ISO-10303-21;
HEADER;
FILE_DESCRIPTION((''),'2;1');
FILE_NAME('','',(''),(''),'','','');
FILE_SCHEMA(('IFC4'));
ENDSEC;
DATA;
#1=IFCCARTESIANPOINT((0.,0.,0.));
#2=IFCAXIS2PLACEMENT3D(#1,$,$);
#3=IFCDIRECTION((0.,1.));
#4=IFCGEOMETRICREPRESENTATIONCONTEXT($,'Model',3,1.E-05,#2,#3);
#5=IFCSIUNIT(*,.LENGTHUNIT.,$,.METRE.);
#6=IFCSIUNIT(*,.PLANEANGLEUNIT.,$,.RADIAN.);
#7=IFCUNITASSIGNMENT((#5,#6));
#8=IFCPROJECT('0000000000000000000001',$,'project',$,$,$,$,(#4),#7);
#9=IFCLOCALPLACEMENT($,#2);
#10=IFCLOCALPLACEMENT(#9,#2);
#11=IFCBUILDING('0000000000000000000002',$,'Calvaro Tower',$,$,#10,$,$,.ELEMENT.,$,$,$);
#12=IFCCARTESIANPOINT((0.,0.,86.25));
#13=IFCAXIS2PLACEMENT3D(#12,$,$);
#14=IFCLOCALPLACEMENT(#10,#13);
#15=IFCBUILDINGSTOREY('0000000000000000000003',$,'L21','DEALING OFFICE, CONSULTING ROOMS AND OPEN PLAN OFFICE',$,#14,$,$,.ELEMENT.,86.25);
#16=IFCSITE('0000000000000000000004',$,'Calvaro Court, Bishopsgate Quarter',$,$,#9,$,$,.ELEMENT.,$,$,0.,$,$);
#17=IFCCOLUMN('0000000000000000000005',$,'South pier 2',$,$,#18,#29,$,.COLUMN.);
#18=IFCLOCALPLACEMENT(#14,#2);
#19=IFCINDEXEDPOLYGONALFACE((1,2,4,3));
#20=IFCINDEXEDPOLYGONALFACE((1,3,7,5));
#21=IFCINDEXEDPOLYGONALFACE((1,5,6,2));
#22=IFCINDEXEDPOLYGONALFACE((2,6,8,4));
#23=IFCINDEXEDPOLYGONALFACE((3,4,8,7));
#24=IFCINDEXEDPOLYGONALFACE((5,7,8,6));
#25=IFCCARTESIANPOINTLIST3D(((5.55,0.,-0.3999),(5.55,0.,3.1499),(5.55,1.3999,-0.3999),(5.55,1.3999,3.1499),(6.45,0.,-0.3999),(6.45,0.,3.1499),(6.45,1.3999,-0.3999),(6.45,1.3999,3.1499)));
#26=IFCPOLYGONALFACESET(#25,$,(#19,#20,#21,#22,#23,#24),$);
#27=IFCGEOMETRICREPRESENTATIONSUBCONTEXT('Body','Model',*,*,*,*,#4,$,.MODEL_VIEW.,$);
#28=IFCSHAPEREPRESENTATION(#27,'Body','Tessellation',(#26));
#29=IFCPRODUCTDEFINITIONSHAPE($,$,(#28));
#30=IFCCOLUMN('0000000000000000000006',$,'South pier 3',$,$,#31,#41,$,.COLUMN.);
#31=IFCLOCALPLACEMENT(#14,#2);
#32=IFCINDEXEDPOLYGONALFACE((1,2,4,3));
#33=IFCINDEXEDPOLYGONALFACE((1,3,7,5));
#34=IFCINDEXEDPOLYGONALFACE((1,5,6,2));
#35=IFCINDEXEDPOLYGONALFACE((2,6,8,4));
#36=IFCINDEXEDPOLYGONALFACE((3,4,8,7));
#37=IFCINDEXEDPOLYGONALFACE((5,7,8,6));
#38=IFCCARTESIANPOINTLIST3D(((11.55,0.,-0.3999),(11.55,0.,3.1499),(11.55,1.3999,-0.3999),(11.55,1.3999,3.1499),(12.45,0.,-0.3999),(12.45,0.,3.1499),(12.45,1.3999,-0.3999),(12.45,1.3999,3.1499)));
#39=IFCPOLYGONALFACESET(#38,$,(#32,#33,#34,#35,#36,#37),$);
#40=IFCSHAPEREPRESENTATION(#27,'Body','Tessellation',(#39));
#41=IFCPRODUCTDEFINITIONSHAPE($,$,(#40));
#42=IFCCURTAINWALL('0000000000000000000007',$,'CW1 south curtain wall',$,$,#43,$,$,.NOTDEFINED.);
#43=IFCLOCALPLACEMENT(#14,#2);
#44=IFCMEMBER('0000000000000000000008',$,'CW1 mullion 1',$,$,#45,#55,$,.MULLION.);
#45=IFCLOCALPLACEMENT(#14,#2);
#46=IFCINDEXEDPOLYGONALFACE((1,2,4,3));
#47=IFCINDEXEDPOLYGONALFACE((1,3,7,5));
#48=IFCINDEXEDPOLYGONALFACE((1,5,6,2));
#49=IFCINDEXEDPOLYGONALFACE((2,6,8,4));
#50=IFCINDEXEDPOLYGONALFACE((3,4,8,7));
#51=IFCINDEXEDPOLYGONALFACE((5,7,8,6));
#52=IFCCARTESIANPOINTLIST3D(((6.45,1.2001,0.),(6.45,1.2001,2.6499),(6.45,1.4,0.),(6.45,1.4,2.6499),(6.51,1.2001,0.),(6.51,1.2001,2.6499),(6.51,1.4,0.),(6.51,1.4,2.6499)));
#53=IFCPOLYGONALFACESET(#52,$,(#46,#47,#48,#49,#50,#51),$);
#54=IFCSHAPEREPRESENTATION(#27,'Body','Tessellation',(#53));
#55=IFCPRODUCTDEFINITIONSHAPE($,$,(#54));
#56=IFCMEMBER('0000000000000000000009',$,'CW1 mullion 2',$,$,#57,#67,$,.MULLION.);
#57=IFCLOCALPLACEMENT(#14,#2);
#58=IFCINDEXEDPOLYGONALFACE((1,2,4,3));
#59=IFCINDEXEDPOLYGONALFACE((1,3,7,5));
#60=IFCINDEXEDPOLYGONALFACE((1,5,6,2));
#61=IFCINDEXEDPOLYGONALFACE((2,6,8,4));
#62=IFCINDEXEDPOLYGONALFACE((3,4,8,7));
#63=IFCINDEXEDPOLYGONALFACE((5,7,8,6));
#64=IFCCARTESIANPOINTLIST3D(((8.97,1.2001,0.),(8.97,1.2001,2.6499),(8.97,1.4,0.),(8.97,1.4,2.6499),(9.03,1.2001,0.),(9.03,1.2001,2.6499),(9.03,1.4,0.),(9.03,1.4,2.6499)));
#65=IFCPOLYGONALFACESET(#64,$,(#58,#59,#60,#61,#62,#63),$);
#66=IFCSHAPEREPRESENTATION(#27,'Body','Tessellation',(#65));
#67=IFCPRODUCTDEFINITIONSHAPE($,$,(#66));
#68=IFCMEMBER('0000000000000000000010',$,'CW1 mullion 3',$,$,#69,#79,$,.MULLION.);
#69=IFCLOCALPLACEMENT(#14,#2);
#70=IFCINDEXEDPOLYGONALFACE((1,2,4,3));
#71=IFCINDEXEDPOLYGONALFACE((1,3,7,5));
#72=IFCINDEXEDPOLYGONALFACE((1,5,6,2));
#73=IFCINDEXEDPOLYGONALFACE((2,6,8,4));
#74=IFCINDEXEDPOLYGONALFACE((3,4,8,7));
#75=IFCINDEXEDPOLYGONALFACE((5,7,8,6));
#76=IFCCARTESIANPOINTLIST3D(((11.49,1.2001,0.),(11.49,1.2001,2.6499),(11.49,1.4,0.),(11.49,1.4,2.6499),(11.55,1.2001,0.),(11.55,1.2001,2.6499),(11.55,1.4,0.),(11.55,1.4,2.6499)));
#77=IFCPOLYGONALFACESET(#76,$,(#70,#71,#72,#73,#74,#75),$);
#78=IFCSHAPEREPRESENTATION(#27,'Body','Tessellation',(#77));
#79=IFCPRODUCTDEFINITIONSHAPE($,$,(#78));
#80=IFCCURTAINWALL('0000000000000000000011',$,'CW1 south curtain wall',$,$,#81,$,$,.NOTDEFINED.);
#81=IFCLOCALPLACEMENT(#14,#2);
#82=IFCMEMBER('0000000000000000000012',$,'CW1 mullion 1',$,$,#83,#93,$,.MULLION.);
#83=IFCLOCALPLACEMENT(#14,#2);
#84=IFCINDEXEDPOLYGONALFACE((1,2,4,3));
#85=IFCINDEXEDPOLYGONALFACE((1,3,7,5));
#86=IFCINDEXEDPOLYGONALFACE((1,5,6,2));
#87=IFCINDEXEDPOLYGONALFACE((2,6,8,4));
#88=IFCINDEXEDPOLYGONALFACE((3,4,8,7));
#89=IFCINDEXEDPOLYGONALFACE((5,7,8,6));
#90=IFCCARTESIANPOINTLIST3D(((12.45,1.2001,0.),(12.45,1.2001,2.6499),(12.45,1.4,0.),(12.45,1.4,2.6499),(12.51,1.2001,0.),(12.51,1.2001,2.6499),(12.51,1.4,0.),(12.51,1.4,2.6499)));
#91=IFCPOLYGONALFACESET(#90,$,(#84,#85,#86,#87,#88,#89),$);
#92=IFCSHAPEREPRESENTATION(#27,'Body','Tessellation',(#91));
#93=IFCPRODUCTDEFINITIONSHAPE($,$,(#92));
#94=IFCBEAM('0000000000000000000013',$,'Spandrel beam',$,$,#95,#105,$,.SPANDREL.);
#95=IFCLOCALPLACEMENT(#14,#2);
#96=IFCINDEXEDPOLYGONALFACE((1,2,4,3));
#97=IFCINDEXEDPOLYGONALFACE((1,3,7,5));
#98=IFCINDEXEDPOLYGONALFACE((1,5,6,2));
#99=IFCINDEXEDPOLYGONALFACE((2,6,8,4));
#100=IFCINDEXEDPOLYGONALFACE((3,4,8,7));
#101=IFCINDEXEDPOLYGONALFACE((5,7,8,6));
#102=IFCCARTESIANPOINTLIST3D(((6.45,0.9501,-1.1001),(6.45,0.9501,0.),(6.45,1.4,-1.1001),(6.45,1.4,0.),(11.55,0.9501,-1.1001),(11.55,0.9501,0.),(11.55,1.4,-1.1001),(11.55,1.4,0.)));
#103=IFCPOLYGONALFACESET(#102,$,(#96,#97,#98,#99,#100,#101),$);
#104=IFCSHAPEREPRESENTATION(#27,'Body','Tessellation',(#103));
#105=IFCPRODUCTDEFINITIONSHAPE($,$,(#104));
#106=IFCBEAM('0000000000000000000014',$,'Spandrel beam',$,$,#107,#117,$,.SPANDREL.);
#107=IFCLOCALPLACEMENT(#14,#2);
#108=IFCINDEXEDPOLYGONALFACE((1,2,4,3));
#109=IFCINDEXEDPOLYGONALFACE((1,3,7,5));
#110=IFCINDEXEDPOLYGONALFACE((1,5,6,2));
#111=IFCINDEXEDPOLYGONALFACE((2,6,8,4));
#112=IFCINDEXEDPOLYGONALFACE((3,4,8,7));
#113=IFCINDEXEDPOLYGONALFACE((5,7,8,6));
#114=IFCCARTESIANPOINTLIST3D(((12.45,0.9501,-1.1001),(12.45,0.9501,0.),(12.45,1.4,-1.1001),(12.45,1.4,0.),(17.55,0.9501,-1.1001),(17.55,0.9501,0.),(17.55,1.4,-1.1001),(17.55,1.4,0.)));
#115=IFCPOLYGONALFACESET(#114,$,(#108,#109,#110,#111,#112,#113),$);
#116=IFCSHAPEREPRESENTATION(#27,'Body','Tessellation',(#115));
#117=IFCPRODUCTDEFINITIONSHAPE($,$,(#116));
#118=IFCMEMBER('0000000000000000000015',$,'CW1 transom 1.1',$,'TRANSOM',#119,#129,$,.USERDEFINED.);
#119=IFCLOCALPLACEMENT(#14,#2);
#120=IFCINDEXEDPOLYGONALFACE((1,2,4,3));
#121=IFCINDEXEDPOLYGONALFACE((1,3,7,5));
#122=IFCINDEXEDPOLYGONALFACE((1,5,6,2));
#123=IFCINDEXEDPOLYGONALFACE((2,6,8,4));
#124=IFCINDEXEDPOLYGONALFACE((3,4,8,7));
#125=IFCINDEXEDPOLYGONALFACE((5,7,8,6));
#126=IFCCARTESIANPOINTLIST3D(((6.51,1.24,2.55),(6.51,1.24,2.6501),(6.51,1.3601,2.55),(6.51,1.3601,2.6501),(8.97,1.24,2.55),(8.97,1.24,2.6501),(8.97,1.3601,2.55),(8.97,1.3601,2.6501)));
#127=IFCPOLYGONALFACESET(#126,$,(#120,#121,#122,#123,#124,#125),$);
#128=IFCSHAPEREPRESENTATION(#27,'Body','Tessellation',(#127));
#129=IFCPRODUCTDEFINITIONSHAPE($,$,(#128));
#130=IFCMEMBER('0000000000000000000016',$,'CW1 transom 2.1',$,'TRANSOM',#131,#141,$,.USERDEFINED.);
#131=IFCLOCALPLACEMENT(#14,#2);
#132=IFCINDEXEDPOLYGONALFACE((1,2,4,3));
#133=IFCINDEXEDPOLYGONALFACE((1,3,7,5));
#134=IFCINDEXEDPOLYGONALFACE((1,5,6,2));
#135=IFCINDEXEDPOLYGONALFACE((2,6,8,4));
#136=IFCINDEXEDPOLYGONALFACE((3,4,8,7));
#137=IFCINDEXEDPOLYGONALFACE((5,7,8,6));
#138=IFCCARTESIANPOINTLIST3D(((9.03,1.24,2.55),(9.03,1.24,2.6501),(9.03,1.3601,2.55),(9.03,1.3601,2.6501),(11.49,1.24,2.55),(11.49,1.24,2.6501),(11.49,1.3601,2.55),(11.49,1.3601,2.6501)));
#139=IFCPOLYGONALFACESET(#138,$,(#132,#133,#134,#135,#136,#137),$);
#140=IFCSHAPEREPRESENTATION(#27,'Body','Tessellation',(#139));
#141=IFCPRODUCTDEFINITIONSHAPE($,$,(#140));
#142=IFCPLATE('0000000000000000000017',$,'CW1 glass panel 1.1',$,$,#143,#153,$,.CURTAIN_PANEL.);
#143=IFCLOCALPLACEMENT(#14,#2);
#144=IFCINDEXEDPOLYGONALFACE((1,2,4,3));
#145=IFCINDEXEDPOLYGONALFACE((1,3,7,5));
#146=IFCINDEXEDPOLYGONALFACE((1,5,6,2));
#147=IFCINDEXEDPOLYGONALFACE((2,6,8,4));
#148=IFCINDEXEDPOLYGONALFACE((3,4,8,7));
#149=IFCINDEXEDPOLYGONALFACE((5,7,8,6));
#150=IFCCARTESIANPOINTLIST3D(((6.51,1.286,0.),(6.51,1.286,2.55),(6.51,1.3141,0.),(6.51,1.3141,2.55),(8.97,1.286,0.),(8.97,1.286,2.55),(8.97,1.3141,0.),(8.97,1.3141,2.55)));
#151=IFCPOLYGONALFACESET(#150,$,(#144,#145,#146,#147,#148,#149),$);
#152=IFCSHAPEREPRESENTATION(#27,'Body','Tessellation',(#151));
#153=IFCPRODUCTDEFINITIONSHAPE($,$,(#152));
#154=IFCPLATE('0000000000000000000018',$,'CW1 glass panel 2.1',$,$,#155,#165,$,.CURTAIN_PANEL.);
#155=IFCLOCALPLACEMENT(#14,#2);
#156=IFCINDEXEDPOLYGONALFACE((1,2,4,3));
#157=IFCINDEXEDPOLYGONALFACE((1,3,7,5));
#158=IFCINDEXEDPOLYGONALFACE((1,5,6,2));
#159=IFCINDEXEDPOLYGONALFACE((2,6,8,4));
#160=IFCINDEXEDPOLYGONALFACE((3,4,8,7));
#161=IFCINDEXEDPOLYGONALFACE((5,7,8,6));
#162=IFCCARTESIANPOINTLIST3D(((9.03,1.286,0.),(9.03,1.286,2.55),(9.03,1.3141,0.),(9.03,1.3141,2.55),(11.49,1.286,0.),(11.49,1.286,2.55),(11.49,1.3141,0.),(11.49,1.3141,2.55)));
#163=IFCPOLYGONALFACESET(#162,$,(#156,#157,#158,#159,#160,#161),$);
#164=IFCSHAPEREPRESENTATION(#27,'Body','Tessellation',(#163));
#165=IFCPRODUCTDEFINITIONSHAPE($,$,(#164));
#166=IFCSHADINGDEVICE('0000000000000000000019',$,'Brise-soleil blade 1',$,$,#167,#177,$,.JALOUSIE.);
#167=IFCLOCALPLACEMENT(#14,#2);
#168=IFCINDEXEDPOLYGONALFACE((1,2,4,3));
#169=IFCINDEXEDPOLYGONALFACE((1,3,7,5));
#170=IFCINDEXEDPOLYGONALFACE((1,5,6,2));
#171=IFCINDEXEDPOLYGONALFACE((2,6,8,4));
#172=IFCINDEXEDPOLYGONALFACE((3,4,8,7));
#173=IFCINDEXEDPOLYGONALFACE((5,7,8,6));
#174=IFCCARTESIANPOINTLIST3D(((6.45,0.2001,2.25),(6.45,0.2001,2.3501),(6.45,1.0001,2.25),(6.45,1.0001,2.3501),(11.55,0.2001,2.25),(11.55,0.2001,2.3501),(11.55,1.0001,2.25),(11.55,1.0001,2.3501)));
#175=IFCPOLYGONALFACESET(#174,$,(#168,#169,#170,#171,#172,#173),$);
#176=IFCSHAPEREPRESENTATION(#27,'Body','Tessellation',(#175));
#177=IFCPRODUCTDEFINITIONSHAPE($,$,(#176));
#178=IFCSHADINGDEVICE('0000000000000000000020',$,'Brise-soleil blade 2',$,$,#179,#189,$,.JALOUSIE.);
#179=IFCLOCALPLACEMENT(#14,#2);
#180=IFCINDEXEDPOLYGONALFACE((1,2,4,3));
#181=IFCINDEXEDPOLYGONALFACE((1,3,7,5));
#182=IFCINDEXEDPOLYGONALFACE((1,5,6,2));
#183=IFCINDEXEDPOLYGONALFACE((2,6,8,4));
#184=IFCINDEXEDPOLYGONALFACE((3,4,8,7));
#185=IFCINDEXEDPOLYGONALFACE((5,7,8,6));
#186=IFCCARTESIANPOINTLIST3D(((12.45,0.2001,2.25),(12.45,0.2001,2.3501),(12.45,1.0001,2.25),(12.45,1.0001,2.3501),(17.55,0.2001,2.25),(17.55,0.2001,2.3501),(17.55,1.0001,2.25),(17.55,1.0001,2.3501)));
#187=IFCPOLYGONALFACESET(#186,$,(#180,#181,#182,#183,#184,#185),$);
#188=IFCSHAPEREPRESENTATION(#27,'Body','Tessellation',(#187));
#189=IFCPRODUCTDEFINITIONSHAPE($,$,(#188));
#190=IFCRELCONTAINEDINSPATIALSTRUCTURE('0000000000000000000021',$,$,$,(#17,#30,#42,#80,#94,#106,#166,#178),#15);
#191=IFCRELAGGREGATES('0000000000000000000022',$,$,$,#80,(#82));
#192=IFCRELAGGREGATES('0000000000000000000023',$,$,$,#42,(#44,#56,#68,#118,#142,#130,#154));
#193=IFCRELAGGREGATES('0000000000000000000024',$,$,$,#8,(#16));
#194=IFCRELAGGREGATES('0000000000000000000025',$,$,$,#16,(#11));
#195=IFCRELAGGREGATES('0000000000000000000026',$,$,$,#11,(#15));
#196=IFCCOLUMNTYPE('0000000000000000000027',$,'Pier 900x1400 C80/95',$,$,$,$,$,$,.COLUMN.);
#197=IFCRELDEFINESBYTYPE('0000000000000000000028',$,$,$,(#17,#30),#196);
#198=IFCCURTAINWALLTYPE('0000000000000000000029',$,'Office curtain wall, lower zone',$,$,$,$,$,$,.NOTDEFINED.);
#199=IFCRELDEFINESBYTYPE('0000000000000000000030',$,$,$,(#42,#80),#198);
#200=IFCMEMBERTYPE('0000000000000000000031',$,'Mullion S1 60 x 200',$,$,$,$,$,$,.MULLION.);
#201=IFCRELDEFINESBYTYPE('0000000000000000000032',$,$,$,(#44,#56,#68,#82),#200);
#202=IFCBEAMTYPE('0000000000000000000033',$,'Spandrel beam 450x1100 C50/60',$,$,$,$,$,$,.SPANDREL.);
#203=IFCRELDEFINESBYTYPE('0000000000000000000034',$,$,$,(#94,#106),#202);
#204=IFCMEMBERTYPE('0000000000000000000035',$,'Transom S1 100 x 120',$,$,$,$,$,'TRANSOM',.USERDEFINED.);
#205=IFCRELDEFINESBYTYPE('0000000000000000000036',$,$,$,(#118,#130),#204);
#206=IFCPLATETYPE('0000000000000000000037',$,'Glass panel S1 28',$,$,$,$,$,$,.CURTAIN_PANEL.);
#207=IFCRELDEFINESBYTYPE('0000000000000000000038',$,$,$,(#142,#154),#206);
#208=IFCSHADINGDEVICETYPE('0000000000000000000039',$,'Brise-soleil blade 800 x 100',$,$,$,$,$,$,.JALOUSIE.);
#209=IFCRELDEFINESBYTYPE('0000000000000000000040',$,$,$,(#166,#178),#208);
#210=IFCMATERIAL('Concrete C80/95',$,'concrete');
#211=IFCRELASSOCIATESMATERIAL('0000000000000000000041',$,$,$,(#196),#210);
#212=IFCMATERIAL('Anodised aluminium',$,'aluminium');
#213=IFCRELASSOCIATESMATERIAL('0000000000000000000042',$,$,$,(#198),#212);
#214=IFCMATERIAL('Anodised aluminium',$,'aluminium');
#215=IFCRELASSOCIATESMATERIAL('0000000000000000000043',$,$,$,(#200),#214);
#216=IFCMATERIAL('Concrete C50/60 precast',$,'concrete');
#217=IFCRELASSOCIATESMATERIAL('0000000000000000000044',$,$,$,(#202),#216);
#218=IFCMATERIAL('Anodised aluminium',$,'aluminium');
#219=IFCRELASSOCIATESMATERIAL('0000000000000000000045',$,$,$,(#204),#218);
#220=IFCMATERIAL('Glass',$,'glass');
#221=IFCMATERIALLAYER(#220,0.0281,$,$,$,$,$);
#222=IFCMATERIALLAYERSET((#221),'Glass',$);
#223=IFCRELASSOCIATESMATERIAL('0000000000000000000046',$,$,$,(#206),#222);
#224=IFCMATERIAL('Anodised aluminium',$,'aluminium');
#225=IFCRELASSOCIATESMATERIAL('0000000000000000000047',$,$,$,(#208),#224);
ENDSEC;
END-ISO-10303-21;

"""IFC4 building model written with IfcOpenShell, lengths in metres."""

from ifc_helpers import new_model, si_unit, direction, frame, origin, origin_2d, place, context, subcontext, project, spatial, rectangle, extrude, material, layer, layer_set, material_profile, profile_set, type_object, element, aggregate, save


model = new_model("IFC4")

# Units and contexts
model_context = context("Model", 3, precision=1e-05, world=origin(), true_north=direction((0.0, 1.0)))
body_context = subcontext(model_context, "Body", "Model", "MODEL_VIEW")
ifc_project = project(units=[si_unit("LENGTHUNIT", "METRE"), si_unit("PLANEANGLEUNIT", "RADIAN")], contexts=[model_context])

# Site, building, storey
site_placement = place(None, origin())
site = spatial("IfcSite", under=ifc_project, at=site_placement, Name="Calvaro Court, Bishopsgate Quarter", CompositionType="ELEMENT", RefElevation=0.0)
building_placement = place(site_placement, origin())
building = spatial("IfcBuilding", under=site, at=building_placement, Name="Calvaro Tower", CompositionType="ELEMENT")
storey_placement = place(building_placement, frame((0.0, 0.0, 86.25)))
storey = spatial("IfcBuildingStorey", under=building, at=storey_placement, Name="L21", Description="DEALING OFFICE, CONSULTING ROOMS AND OPEN PLAN OFFICE", CompositionType="ELEMENT", Elevation=86.25)

# Columns
ifc_material_1 = material(Name="Concrete C80/95", Category="concrete")
ifc_material_profile_1 = material_profile(ifc_material_1, rectangle(XDim=0.8999, YDim=1.3999, at=origin_2d()), Name="RC 900x1400")
ifc_profile_set_1 = profile_set([ifc_material_profile_1], Name="Concrete C80/95")
column_type = type_object("IfcColumnType", Name="Pier 900x1400 C80/95", PredefinedType="COLUMN", material=ifc_profile_set_1)
for number, where, z_axis, x_axis, name in (
    (1, (6.0, 0.7, -0.3999), (0.0, 0.0, 1.0), (1.0, 0.0, 0.0), "South pier 2"),
    (2, (12.0, 0.7, -0.3999), (0.0, 0.0, 1.0), (1.0, 0.0, 0.0), "South pier 3"),
):
    element("IfcColumn", number, at=place(storey_placement, frame(where, z_axis=z_axis, x_axis=x_axis)), inside=storey, type_object=column_type, Name=name, PredefinedType="COLUMN", context=body_context, shape_type="SweptSolid", body=[
        extrude(rectangle(XDim=0.8999, YDim=1.3999, at=origin_2d()), origin(), (0.0, 0.0, 1.0), 3.5498),
    ])

# Curtain wall, members
ifc_material_2 = material(Name="Anodised aluminium", Category="aluminium")
curtain_wall_type = type_object("IfcCurtainWallType", Name="Office curtain wall, lower zone", PredefinedType="NOTDEFINED", material=ifc_material_2)
curtain_wall_1_placement = place(storey_placement, origin())
curtain_wall_1 = element("IfcCurtainWall", 3, at=curtain_wall_1_placement, inside=storey, type_object=curtain_wall_type, Name="CW1 south curtain wall", PredefinedType="NOTDEFINED")
ifc_material_3 = material(Name="Anodised aluminium", Category="aluminium")
ifc_material_profile_2 = material_profile(ifc_material_3, rectangle(XDim=0.2, YDim=0.0601, at=origin_2d()), Name="Mullion S1 60 x 200")
ifc_profile_set_2 = profile_set([ifc_material_profile_2], Name="Anodised aluminium")
member_type_1 = type_object("IfcMemberType", Name="Mullion S1 60 x 200", PredefinedType="MULLION", material=ifc_profile_set_2)
member_1_placement = place(storey_placement, frame((6.48, 1.3, 0.0), z_axis=(0.0, 0.0, 1.0), x_axis=(0.0, 1.0, 0.0)))
member_1 = element("IfcMember", 4, at=member_1_placement, type_object=member_type_1, Name="CW1 mullion 1", PredefinedType="MULLION", context=body_context, shape_type="SweptSolid", body=[
    extrude(rectangle(XDim=0.2, YDim=0.0601, at=origin_2d()), origin(), (0.0, 0.0, 1.0), 2.6499),
])
member_2_placement = place(storey_placement, frame((9.0, 1.3, 0.0), z_axis=(0.0, 0.0, 1.0), x_axis=(0.0, 1.0, 0.0)))
member_2 = element("IfcMember", 5, at=member_2_placement, type_object=member_type_1, Name="CW1 mullion 2", PredefinedType="MULLION", context=body_context, shape_type="SweptSolid", body=[
    extrude(rectangle(XDim=0.2, YDim=0.0601, at=origin_2d()), origin(), (0.0, 0.0, 1.0), 2.6499),
])
member_3_placement = place(storey_placement, frame((11.52, 1.3, 0.0), z_axis=(0.0, 0.0, 1.0), x_axis=(0.0, 1.0, 0.0)))
member_3 = element("IfcMember", 6, at=member_3_placement, type_object=member_type_1, Name="CW1 mullion 3", PredefinedType="MULLION", context=body_context, shape_type="SweptSolid", body=[
    extrude(rectangle(XDim=0.2, YDim=0.0601, at=origin_2d()), origin(), (0.0, 0.0, 1.0), 2.6499),
])

# Curtain wall, member
curtain_wall_2_placement = place(storey_placement, origin())
curtain_wall_2 = element("IfcCurtainWall", 7, at=curtain_wall_2_placement, inside=storey, type_object=curtain_wall_type, Name="CW1 south curtain wall", PredefinedType="NOTDEFINED")
member_4_placement = place(storey_placement, frame((12.48, 1.3, 0.0), z_axis=(0.0, 0.0, 1.0), x_axis=(0.0, 1.0, 0.0)))
member_4 = element("IfcMember", 8, at=member_4_placement, type_object=member_type_1, Name="CW1 mullion 1", PredefinedType="MULLION", context=body_context, shape_type="SweptSolid", body=[
    extrude(rectangle(XDim=0.2, YDim=0.0601, at=origin_2d()), origin(), (0.0, 0.0, 1.0), 2.6499),
])
aggregate(curtain_wall_2, [member_4])

# Beams
ifc_material_4 = material(Name="Concrete C50/60 precast", Category="concrete")
ifc_material_profile_3 = material_profile(ifc_material_4, rectangle(XDim=0.45, YDim=1.1001, at=origin_2d()), Name="RC 450x1100")
ifc_profile_set_3 = profile_set([ifc_material_profile_3], Name="Concrete C50/60 precast")
beam_type = type_object("IfcBeamType", Name="Spandrel beam 450x1100 C50/60", PredefinedType="SPANDREL", material=ifc_profile_set_3)
for number, where, z_axis, x_axis, name in (
    (9, (6.45, 1.175, -0.55), (1.0, 0.0, 0.0), (0.0, 1.0, 0.0), "Spandrel beam"),
    (10, (12.45, 1.175, -0.55), (1.0, 0.0, 0.0), (0.0, 1.0, 0.0), "Spandrel beam"),
):
    element("IfcBeam", number, at=place(storey_placement, frame(where, z_axis=z_axis, x_axis=x_axis)), inside=storey, type_object=beam_type, Name=name, PredefinedType="SPANDREL", context=body_context, shape_type="SweptSolid", body=[
        extrude(rectangle(XDim=0.45, YDim=1.1001, at=origin_2d()), origin(), (0.0, 0.0, 1.0), 5.1001),
    ])

# Members
ifc_material_5 = material(Name="Anodised aluminium", Category="aluminium")
ifc_material_profile_4 = material_profile(ifc_material_5, rectangle(XDim=0.1201, YDim=0.1001, at=origin_2d()), Name="Transom S1 100 x 120")
ifc_profile_set_4 = profile_set([ifc_material_profile_4], Name="Anodised aluminium")
member_type_2 = type_object("IfcMemberType", Name="Transom S1 100 x 120", ElementType="TRANSOM", PredefinedType="USERDEFINED", material=ifc_profile_set_4)
member_5_placement = place(storey_placement, frame((6.51, 1.3, 2.6001), z_axis=(1.0, 0.0, 0.0), x_axis=(0.0, 1.0, 0.0)))
member_5 = element("IfcMember", 11, at=member_5_placement, type_object=member_type_2, Name="CW1 transom 1.1", ObjectType="TRANSOM", PredefinedType="USERDEFINED", context=body_context, shape_type="SweptSolid", body=[
    extrude(rectangle(XDim=0.1201, YDim=0.1001, at=origin_2d()), origin(), (0.0, 0.0, 1.0), 2.46),
])
member_6_placement = place(storey_placement, frame((9.03, 1.3, 2.6001), z_axis=(1.0, 0.0, 0.0), x_axis=(0.0, 1.0, 0.0)))
member_6 = element("IfcMember", 12, at=member_6_placement, type_object=member_type_2, Name="CW1 transom 2.1", ObjectType="TRANSOM", PredefinedType="USERDEFINED", context=body_context, shape_type="SweptSolid", body=[
    extrude(rectangle(XDim=0.1201, YDim=0.1001, at=origin_2d()), origin(), (0.0, 0.0, 1.0), 2.46),
])

# Plates
ifc_material_6 = material(Name="Glass", Category="glass")
ifc_layer_1 = layer(ifc_material_6, 0.0281)
ifc_layer_set_1 = layer_set([ifc_layer_1], Name="Glass")
plate_type = type_object("IfcPlateType", Name="Glass panel S1 28", PredefinedType="CURTAIN_PANEL", material=ifc_layer_set_1)
plate_1_placement = place(storey_placement, frame((7.74, 1.3, 0.0), z_axis=(0.0, 0.0, 1.0), x_axis=(1.0, 0.0, 0.0)))
plate_1 = element("IfcPlate", 13, at=plate_1_placement, type_object=plate_type, Name="CW1 glass panel 1.1", PredefinedType="CURTAIN_PANEL", context=body_context, shape_type="SweptSolid", body=[
    extrude(rectangle(XDim=2.46, YDim=0.0281, at=origin_2d()), origin(), (0.0, 0.0, 1.0), 2.55),
])
plate_2_placement = place(storey_placement, frame((10.26, 1.3, 0.0), z_axis=(0.0, 0.0, 1.0), x_axis=(1.0, 0.0, 0.0)))
plate_2 = element("IfcPlate", 14, at=plate_2_placement, type_object=plate_type, Name="CW1 glass panel 2.1", PredefinedType="CURTAIN_PANEL", context=body_context, shape_type="SweptSolid", body=[
    extrude(rectangle(XDim=2.46, YDim=0.0281, at=origin_2d()), origin(), (0.0, 0.0, 1.0), 2.55),
])
aggregate(curtain_wall_1, [member_1, member_2, member_3, member_5, plate_1, member_6, plate_2])

# Shading devices
ifc_material_7 = material(Name="Anodised aluminium", Category="aluminium")
ifc_material_profile_5 = material_profile(ifc_material_7, rectangle(XDim=0.8, YDim=0.1001, at=origin_2d()), Name="Brise-soleil blade 800 x 100")
ifc_profile_set_5 = profile_set([ifc_material_profile_5], Name="Anodised aluminium")
shading_device_type = type_object("IfcShadingDeviceType", Name="Brise-soleil blade 800 x 100", PredefinedType="JALOUSIE", material=ifc_profile_set_5)
for number, where, z_axis, x_axis, name in (
    (15, (6.45, 0.6001, 2.3), (1.0, 0.0, 0.0), (0.0, 1.0, 0.0), "Brise-soleil blade 1"),
    (16, (12.45, 0.6001, 2.3), (1.0, 0.0, 0.0), (0.0, 1.0, 0.0), "Brise-soleil blade 2"),
):
    element("IfcShadingDevice", number, at=place(storey_placement, frame(where, z_axis=z_axis, x_axis=x_axis)), inside=storey, type_object=shading_device_type, Name=name, PredefinedType="JALOUSIE", context=body_context, shape_type="SweptSolid", body=[
        extrude(rectangle(XDim=0.8, YDim=0.1001, at=origin_2d()), origin(), (0.0, 0.0, 1.0), 5.1001),
    ])

save(model, "model.ifc")
